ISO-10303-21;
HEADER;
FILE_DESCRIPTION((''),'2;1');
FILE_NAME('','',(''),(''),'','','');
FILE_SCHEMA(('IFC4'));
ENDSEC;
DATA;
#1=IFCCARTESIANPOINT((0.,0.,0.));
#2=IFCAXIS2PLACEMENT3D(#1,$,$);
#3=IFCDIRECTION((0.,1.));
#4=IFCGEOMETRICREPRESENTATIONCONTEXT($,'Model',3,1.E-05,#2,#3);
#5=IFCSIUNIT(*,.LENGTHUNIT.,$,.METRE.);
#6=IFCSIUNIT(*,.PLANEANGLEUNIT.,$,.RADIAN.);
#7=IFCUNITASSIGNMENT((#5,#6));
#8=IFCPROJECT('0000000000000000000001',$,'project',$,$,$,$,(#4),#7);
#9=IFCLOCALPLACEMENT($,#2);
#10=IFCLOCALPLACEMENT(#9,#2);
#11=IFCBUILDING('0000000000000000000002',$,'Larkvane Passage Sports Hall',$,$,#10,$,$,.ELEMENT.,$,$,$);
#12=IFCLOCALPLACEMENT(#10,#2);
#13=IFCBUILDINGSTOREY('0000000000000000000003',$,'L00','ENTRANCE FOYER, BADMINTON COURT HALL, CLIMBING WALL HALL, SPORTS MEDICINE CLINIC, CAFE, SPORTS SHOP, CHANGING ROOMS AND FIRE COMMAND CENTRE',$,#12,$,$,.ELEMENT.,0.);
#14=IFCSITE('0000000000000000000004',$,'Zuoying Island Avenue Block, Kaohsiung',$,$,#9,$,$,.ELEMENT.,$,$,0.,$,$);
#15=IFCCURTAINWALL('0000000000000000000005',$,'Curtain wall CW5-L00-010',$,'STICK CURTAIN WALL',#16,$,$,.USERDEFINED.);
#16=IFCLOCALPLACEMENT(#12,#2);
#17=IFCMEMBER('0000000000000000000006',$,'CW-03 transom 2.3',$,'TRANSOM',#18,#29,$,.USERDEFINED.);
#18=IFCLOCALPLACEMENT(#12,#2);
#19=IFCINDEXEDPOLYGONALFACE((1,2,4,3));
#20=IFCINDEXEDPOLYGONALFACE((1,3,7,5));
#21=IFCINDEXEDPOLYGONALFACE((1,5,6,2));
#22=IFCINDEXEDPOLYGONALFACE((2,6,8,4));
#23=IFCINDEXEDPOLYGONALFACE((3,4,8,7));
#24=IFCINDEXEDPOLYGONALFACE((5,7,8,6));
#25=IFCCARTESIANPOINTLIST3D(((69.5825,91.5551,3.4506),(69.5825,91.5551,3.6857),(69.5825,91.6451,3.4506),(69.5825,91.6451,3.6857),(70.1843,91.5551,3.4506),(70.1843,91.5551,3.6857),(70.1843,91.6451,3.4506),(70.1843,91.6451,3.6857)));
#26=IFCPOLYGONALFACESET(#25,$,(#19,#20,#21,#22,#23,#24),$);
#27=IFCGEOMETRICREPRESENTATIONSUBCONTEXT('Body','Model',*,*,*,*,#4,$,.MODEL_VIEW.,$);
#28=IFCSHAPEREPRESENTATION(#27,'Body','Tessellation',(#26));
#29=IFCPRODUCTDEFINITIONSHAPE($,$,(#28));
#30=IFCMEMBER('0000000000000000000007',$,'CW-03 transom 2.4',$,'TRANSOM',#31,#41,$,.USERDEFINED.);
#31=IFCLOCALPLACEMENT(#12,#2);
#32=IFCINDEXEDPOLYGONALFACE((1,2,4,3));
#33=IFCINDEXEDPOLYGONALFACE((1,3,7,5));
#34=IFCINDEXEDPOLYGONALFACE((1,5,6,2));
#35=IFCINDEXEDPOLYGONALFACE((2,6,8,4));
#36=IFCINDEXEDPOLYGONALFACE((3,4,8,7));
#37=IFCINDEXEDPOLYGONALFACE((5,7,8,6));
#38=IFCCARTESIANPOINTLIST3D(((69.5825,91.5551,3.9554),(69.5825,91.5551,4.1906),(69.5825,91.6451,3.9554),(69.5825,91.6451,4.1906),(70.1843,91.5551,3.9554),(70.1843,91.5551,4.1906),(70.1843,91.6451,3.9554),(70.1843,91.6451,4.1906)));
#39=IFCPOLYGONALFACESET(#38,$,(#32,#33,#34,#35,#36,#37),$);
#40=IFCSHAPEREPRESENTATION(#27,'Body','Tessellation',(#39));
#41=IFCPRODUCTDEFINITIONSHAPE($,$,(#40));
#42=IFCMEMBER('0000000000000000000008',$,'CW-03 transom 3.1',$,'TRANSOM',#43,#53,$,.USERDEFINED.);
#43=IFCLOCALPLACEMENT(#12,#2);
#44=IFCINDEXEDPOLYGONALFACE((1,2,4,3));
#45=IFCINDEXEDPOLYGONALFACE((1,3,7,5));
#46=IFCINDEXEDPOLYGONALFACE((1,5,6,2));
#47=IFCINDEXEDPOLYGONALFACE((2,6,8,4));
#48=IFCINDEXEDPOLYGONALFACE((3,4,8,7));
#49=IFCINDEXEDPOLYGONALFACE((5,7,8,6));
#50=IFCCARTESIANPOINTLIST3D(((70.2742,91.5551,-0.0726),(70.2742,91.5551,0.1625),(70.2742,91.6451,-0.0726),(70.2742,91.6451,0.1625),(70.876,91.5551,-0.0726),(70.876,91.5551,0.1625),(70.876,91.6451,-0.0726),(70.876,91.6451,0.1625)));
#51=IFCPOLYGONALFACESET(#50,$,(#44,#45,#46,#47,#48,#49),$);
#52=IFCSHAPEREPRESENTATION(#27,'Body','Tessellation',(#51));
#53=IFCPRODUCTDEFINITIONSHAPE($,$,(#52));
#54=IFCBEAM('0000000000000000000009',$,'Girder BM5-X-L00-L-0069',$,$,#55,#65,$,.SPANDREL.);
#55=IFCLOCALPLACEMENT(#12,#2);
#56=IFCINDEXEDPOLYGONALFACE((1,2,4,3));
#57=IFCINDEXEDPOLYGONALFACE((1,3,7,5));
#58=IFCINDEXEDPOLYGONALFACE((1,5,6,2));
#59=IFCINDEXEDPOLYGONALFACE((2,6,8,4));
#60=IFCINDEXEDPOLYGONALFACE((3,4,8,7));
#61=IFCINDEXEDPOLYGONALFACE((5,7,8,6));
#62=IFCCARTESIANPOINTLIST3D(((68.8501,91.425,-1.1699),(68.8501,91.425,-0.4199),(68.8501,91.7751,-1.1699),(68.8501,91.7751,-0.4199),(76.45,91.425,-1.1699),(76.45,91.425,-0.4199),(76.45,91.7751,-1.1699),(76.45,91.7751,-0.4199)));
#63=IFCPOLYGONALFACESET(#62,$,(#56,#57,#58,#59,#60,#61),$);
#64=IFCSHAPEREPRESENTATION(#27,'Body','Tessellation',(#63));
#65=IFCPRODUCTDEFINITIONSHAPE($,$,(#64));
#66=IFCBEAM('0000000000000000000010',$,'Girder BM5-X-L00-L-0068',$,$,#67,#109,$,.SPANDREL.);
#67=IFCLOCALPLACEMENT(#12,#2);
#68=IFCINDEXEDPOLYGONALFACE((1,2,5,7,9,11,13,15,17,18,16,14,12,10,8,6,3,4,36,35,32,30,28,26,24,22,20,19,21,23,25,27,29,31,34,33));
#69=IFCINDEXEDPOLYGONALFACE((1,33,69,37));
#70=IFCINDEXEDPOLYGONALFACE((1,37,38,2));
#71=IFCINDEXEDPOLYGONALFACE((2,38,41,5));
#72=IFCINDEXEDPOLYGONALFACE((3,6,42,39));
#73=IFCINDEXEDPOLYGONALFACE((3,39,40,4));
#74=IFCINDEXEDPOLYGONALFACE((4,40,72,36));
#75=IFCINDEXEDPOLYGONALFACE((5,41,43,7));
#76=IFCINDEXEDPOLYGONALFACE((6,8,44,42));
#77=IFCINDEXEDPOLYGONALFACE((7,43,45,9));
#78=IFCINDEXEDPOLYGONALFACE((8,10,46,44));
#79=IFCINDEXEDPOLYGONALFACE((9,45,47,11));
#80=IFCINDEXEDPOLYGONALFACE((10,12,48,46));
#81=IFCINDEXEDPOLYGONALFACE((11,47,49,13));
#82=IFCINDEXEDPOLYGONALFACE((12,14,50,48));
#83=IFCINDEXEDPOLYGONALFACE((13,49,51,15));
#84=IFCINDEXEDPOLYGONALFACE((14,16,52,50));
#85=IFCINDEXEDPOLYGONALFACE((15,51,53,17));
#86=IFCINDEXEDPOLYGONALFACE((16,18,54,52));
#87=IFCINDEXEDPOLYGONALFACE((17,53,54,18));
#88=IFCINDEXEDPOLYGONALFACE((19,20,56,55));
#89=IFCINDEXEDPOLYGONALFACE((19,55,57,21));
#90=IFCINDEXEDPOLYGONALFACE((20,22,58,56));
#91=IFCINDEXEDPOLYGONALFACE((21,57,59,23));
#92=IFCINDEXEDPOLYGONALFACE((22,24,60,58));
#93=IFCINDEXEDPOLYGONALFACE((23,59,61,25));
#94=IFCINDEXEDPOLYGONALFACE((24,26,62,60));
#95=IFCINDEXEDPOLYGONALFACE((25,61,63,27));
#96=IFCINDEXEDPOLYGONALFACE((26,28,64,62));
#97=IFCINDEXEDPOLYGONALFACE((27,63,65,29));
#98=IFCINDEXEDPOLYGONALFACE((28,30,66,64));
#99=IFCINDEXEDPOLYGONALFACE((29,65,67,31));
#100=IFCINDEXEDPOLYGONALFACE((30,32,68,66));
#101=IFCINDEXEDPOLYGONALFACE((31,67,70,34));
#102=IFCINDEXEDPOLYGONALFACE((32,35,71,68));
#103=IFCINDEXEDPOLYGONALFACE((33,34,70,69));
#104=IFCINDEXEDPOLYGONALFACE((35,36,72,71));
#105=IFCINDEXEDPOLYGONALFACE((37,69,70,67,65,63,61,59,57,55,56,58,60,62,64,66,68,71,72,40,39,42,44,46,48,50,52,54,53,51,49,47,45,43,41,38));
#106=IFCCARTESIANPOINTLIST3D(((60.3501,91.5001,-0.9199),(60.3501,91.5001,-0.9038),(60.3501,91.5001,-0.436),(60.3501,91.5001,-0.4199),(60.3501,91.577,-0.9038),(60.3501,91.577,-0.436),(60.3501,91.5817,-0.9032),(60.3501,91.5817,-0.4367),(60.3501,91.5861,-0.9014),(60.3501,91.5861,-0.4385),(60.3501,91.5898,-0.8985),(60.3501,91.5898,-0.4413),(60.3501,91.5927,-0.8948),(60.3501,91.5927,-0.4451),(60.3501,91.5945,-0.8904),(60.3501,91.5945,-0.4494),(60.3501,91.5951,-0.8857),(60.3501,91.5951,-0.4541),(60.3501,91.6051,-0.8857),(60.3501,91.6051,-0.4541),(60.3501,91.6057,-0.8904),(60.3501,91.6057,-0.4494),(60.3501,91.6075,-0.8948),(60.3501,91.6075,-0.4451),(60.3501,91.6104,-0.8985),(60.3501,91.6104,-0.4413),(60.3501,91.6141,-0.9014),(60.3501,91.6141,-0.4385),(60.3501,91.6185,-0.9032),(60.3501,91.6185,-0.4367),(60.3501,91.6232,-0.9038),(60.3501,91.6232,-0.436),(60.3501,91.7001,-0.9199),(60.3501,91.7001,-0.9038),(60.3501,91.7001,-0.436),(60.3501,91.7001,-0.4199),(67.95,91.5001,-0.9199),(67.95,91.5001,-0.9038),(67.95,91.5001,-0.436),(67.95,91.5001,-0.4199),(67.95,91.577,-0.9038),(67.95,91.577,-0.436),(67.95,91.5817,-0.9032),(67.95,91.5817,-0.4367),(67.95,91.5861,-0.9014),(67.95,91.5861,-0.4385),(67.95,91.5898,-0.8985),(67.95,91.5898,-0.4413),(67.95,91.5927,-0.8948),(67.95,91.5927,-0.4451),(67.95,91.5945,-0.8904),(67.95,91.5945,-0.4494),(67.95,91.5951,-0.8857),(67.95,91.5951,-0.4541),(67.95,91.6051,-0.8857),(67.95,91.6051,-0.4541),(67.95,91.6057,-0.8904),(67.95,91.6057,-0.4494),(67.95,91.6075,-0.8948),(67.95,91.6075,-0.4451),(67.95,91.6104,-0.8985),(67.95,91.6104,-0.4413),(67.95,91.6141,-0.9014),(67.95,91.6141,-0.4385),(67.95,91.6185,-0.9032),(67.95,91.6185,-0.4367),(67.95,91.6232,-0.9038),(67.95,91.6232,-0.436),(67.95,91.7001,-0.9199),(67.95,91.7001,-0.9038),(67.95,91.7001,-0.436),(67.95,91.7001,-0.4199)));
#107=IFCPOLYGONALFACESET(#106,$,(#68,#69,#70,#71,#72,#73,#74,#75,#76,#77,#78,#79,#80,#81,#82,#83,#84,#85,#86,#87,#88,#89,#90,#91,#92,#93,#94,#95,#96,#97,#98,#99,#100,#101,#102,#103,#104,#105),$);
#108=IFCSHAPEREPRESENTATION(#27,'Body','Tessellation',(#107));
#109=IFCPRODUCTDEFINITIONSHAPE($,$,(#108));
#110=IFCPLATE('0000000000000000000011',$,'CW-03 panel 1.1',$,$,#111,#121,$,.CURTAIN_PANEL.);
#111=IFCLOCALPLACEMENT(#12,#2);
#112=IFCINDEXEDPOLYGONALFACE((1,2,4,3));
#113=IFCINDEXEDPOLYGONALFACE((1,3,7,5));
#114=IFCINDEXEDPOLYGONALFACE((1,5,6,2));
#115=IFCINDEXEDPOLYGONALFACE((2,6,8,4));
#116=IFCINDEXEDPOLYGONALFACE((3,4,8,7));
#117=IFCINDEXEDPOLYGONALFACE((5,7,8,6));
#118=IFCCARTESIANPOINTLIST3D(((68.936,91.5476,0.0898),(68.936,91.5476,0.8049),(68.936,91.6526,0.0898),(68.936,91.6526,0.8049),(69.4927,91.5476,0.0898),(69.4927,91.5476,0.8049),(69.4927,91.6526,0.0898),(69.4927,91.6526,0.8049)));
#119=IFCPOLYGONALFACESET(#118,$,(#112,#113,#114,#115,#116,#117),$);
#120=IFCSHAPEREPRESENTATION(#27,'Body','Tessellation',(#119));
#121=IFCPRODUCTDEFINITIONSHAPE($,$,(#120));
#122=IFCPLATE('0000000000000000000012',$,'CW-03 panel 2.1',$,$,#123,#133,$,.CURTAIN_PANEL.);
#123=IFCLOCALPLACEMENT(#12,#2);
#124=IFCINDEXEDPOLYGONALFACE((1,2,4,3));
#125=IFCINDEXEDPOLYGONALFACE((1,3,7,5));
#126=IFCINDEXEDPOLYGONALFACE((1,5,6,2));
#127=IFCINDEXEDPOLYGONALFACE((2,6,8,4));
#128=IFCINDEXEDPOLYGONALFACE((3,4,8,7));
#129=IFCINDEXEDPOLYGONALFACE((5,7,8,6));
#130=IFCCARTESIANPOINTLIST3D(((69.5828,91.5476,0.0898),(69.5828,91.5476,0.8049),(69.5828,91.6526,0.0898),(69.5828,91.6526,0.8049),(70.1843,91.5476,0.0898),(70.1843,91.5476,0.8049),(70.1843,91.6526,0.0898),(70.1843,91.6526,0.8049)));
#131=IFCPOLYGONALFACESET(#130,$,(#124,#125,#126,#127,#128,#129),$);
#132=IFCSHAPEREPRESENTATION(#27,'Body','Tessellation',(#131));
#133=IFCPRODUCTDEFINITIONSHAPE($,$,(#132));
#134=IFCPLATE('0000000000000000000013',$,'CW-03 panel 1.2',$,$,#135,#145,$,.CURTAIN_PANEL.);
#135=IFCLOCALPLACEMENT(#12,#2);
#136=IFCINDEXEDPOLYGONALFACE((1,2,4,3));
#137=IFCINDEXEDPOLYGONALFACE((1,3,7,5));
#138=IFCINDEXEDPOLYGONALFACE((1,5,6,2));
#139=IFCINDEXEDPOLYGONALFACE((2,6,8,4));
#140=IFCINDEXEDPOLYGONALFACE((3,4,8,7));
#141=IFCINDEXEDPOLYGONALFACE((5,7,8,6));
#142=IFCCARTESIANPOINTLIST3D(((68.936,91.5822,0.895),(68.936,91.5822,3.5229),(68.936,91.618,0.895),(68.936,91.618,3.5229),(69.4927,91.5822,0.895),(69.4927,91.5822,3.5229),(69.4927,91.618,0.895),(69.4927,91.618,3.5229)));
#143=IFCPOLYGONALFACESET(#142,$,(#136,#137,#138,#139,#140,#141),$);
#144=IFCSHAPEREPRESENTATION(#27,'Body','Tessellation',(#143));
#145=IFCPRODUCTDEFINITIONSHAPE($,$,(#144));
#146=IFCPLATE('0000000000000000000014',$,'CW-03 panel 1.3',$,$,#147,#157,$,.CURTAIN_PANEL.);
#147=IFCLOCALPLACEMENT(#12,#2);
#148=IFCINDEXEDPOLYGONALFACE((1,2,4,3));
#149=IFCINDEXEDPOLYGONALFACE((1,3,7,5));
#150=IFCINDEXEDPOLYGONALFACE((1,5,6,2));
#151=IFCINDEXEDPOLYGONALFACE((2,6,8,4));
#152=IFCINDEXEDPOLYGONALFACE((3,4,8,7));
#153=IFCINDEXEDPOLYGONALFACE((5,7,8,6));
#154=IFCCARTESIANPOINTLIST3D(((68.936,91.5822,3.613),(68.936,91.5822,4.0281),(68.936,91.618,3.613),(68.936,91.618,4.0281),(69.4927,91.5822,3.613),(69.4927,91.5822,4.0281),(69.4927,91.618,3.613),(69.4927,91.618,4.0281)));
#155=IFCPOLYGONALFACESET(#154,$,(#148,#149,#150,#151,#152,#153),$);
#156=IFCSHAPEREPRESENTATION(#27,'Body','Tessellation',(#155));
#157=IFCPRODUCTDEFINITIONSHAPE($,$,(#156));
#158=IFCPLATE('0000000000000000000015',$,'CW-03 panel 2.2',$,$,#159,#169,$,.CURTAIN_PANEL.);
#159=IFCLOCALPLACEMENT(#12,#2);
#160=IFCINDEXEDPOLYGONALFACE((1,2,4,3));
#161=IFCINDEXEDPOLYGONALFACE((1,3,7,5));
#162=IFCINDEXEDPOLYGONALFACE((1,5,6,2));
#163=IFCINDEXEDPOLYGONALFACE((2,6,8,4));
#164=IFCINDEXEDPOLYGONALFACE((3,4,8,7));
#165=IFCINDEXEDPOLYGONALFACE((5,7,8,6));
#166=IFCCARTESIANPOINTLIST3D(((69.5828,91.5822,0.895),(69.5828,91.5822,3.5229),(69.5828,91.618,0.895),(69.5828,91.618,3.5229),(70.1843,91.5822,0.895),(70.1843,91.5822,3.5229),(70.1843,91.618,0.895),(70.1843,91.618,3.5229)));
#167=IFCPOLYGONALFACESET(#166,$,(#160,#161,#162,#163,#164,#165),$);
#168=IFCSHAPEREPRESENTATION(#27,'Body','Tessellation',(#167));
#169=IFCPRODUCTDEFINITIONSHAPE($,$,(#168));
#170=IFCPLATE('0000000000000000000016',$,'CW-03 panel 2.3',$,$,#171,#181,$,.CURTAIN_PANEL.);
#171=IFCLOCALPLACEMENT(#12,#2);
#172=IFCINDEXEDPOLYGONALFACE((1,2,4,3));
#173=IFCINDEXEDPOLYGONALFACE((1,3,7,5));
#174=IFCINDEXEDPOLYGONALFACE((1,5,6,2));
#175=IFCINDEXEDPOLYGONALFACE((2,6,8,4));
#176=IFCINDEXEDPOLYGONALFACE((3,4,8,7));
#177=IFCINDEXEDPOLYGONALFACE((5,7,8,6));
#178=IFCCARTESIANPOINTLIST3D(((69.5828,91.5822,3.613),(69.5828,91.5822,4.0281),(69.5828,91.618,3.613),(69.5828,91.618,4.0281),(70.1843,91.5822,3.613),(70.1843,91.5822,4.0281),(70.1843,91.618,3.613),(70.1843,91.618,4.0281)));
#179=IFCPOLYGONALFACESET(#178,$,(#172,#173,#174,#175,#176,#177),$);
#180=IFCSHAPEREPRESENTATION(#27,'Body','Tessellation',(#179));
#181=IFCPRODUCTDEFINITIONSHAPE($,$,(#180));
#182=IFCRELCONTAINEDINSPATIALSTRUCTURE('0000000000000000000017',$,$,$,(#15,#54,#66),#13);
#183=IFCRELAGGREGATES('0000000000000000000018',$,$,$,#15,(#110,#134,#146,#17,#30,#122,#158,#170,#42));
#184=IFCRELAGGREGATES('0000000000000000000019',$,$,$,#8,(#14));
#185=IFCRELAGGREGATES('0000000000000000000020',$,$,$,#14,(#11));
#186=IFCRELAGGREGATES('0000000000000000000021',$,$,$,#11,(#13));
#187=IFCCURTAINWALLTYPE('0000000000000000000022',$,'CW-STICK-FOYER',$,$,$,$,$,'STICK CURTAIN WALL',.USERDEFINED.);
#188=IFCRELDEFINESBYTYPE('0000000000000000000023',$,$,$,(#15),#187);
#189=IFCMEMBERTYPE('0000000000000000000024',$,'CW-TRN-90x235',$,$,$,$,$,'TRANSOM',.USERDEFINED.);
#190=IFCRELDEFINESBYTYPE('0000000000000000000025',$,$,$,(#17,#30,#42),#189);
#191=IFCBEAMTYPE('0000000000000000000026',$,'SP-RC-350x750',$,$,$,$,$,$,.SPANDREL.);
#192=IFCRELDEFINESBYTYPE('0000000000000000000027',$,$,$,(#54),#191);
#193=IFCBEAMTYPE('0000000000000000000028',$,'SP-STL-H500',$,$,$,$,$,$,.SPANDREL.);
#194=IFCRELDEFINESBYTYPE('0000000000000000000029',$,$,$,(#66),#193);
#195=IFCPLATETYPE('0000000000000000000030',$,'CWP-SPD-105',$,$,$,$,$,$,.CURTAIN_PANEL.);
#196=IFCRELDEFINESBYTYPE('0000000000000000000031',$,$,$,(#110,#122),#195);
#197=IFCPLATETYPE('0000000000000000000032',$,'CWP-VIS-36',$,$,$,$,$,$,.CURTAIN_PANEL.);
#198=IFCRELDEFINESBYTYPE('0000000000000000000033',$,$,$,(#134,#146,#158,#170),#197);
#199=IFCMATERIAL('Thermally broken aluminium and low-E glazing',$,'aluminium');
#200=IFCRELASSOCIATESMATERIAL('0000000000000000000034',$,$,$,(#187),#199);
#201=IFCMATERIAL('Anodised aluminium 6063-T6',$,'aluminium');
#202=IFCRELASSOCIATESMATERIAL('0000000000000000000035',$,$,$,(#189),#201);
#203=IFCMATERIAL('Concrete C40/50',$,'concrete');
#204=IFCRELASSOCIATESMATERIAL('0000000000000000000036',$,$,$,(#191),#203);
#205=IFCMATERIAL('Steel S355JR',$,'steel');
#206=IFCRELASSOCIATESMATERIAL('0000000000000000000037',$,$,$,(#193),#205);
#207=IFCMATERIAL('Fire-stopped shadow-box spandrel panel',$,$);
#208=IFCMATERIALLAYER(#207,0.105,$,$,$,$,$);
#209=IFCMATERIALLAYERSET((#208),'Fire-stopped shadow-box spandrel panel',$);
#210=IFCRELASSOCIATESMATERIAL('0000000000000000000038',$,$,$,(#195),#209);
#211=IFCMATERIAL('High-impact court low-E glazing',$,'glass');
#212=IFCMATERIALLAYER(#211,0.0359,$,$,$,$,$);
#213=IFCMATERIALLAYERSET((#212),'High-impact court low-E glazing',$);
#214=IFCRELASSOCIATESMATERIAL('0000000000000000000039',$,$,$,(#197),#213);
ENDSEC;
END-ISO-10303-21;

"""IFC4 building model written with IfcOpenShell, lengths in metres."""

from ifc_helpers import new_model, si_unit, direction, frame, origin, origin_2d, place, context, subcontext, project, spatial, rectangle, i_section, extrude, material, layer, layer_set, material_profile, profile_set, type_object, element, aggregate, save


model = new_model("IFC4")

# Units and contexts
model_context = context("Model", 3, precision=1e-05, world=origin(), true_north=direction((0.0, 1.0)))
body_context = subcontext(model_context, "Body", "Model", "MODEL_VIEW")
ifc_project = project(units=[si_unit("LENGTHUNIT", "METRE"), si_unit("PLANEANGLEUNIT", "RADIAN")], contexts=[model_context])

# Site, building, storey
site_placement = place(None, origin())
site = spatial("IfcSite", under=ifc_project, at=site_placement, Name="Zuoying Island Avenue Block, Kaohsiung", CompositionType="ELEMENT", RefElevation=0.0)
building_placement = place(site_placement, origin())
building = spatial("IfcBuilding", under=site, at=building_placement, Name="Larkvane Passage Sports Hall", CompositionType="ELEMENT")
storey_placement = place(building_placement, origin())
storey = spatial("IfcBuildingStorey", under=building, at=storey_placement, Name="L00", Description="ENTRANCE FOYER, BADMINTON COURT HALL, CLIMBING WALL HALL, SPORTS MEDICINE CLINIC, CAFE, SPORTS SHOP, CHANGING ROOMS AND FIRE COMMAND CENTRE", CompositionType="ELEMENT", Elevation=0.0)

# Curtain wall, members
ifc_material_1 = material(Name="Thermally broken aluminium and low-E glazing", Category="aluminium")
curtain_wall_type = type_object("IfcCurtainWallType", Name="CW-STICK-FOYER", ElementType="STICK CURTAIN WALL", PredefinedType="USERDEFINED", material=ifc_material_1)
curtain_wall_placement = place(storey_placement, origin())
curtain_wall = element("IfcCurtainWall", 1, at=curtain_wall_placement, inside=storey, type_object=curtain_wall_type, Name="Curtain wall CW5-L00-010", ObjectType="STICK CURTAIN WALL", PredefinedType="USERDEFINED")
ifc_material_2 = material(Name="Anodised aluminium 6063-T6", Category="aluminium")
ifc_material_profile_1 = material_profile(ifc_material_2, rectangle(XDim=0.0901, YDim=0.2351, at=origin_2d()), Name="ALU-TRN-90x235")
ifc_profile_set_1 = profile_set([ifc_material_profile_1], Name="Anodised aluminium 6063-T6")
member_type_1 = type_object("IfcMemberType", Name="CW-TRN-90x235", ElementType="TRANSOM", PredefinedType="USERDEFINED", material=ifc_profile_set_1)
member_1_placement = place(storey_placement, frame((69.5825, 91.6001, 3.5681), z_axis=(1.0, 0.0, 0.0), x_axis=(0.0, 1.0, 0.0)))
member_1 = element("IfcMember", 2, at=member_1_placement, type_object=member_type_1, Name="CW-03 transom 2.3", ObjectType="TRANSOM", PredefinedType="USERDEFINED", context=body_context, shape_type="SweptSolid", body=[
    extrude(rectangle(XDim=0.0901, YDim=0.2351, at=origin_2d()), origin(), (0.0, 0.0, 1.0), 0.6018),
])
member_2_placement = place(storey_placement, frame((69.5825, 91.6001, 4.073), z_axis=(1.0, 0.0, 0.0), x_axis=(0.0, 1.0, 0.0)))
member_2 = element("IfcMember", 3, at=member_2_placement, type_object=member_type_1, Name="CW-03 transom 2.4", ObjectType="TRANSOM", PredefinedType="USERDEFINED", context=body_context, shape_type="SweptSolid", body=[
    extrude(rectangle(XDim=0.0901, YDim=0.2351, at=origin_2d()), origin(), (0.0, 0.0, 1.0), 0.6018),
])
member_3_placement = place(storey_placement, frame((70.2742, 91.6001, 0.0449), z_axis=(1.0, 0.0, 0.0), x_axis=(0.0, 1.0, 0.0)))
member_3 = element("IfcMember", 4, at=member_3_placement, type_object=member_type_1, Name="CW-03 transom 3.1", ObjectType="TRANSOM", PredefinedType="USERDEFINED", context=body_context, shape_type="SweptSolid", body=[
    extrude(rectangle(XDim=0.0901, YDim=0.2351, at=origin_2d()), origin(), (0.0, 0.0, 1.0), 0.6018),
])

# Beams
ifc_material_3 = material(Name="Concrete C40/50", Category="concrete")
ifc_material_profile_2 = material_profile(ifc_material_3, rectangle(XDim=0.3501, YDim=0.75, at=origin_2d()), Name="RC-SP-350x750")
ifc_profile_set_2 = profile_set([ifc_material_profile_2], Name="Concrete C40/50")
beam_type_1 = type_object("IfcBeamType", Name="SP-RC-350x750", PredefinedType="SPANDREL", material=ifc_profile_set_2)
beam_1_placement = place(storey_placement, frame((68.8501, 91.6001, -0.7949), z_axis=(1.0, 0.0, 0.0), x_axis=(0.0, 1.0, 0.0)))
element("IfcBeam", 5, at=beam_1_placement, inside=storey, type_object=beam_type_1, Name="Girder BM5-X-L00-L-0069", PredefinedType="SPANDREL", context=body_context, shape_type="SweptSolid", body=[
    extrude(rectangle(XDim=0.3501, YDim=0.75, at=origin_2d()), origin(), (0.0, 0.0, 1.0), 7.5999),
])
ifc_material_4 = material(Name="Steel S355JR", Category="steel")
ifc_material_profile_3 = material_profile(ifc_material_4, i_section(OverallWidth=0.2, OverallDepth=0.5, WebThickness=0.01, FlangeThickness=0.0161, FilletRadius=0.0181, at=origin_2d()), Name="H-500x200x10x16")
ifc_profile_set_3 = profile_set([ifc_material_profile_3], Name="Steel S355JR")
beam_type_2 = type_object("IfcBeamType", Name="SP-STL-H500", PredefinedType="SPANDREL", material=ifc_profile_set_3)
beam_2_placement = place(storey_placement, frame((60.3501, 91.6001, -0.6699), z_axis=(1.0, 0.0, 0.0), x_axis=(0.0, 1.0, 0.0)))
element("IfcBeam", 6, at=beam_2_placement, inside=storey, type_object=beam_type_2, Name="Girder BM5-X-L00-L-0068", PredefinedType="SPANDREL", context=body_context, shape_type="SweptSolid", body=[
    extrude(i_section(OverallWidth=0.2, OverallDepth=0.5, WebThickness=0.01, FlangeThickness=0.0161, FilletRadius=0.0181, at=origin_2d()), origin(), (0.0, 0.0, 1.0), 7.5999),
])

# Plates
ifc_material_5 = material(Name="Fire-stopped shadow-box spandrel panel")
ifc_layer_1 = layer(ifc_material_5, 0.105)
ifc_layer_set_1 = layer_set([ifc_layer_1], Name="Fire-stopped shadow-box spandrel panel")
plate_type_1 = type_object("IfcPlateType", Name="CWP-SPD-105", PredefinedType="CURTAIN_PANEL", material=ifc_layer_set_1)
plate_1_placement = place(storey_placement, frame((69.2144, 91.6001, 0.0898), z_axis=(0.0, 0.0, 1.0), x_axis=(1.0, 0.0, 0.0)))
plate_1 = element("IfcPlate", 7, at=plate_1_placement, type_object=plate_type_1, Name="CW-03 panel 1.1", PredefinedType="CURTAIN_PANEL", context=body_context, shape_type="SweptSolid", body=[
    extrude(rectangle(XDim=0.5566, YDim=0.105, at=origin_2d()), origin(), (0.0, 0.0, 1.0), 0.7151),
])
plate_2_placement = place(storey_placement, frame((69.8835, 91.6001, 0.0898), z_axis=(0.0, 0.0, 1.0), x_axis=(1.0, 0.0, 0.0)))
plate_2 = element("IfcPlate", 8, at=plate_2_placement, type_object=plate_type_1, Name="CW-03 panel 2.1", PredefinedType="CURTAIN_PANEL", context=body_context, shape_type="SweptSolid", body=[
    extrude(rectangle(XDim=0.6016, YDim=0.105, at=origin_2d()), origin(), (0.0, 0.0, 1.0), 0.7151),
])
ifc_material_6 = material(Name="High-impact court low-E glazing", Category="glass")
ifc_layer_2 = layer(ifc_material_6, 0.0359)
ifc_layer_set_2 = layer_set([ifc_layer_2], Name="High-impact court low-E glazing")
plate_type_2 = type_object("IfcPlateType", Name="CWP-VIS-36", PredefinedType="CURTAIN_PANEL", material=ifc_layer_set_2)
plate_3_placement = place(storey_placement, frame((69.2144, 91.6001, 0.895), z_axis=(0.0, 0.0, 1.0), x_axis=(1.0, 0.0, 0.0)))
plate_3 = element("IfcPlate", 9, at=plate_3_placement, type_object=plate_type_2, Name="CW-03 panel 1.2", PredefinedType="CURTAIN_PANEL", context=body_context, shape_type="SweptSolid", body=[
    extrude(rectangle(XDim=0.5566, YDim=0.0359, at=origin_2d()), origin(), (0.0, 0.0, 1.0), 2.6279),
])
plate_4_placement = place(storey_placement, frame((69.2144, 91.6001, 3.613), z_axis=(0.0, 0.0, 1.0), x_axis=(1.0, 0.0, 0.0)))
plate_4 = element("IfcPlate", 10, at=plate_4_placement, type_object=plate_type_2, Name="CW-03 panel 1.3", PredefinedType="CURTAIN_PANEL", context=body_context, shape_type="SweptSolid", body=[
    extrude(rectangle(XDim=0.5566, YDim=0.0359, at=origin_2d()), origin(), (0.0, 0.0, 1.0), 0.415),
])
plate_5_placement = place(storey_placement, frame((69.8835, 91.6001, 0.895), z_axis=(0.0, 0.0, 1.0), x_axis=(1.0, 0.0, 0.0)))
plate_5 = element("IfcPlate", 11, at=plate_5_placement, type_object=plate_type_2, Name="CW-03 panel 2.2", PredefinedType="CURTAIN_PANEL", context=body_context, shape_type="SweptSolid", body=[
    extrude(rectangle(XDim=0.6016, YDim=0.0359, at=origin_2d()), origin(), (0.0, 0.0, 1.0), 2.6279),
])
plate_6_placement = place(storey_placement, frame((69.8835, 91.6001, 3.613), z_axis=(0.0, 0.0, 1.0), x_axis=(1.0, 0.0, 0.0)))
plate_6 = element("IfcPlate", 12, at=plate_6_placement, type_object=plate_type_2, Name="CW-03 panel 2.3", PredefinedType="CURTAIN_PANEL", context=body_context, shape_type="SweptSolid", body=[
    extrude(rectangle(XDim=0.6016, YDim=0.0359, at=origin_2d()), origin(), (0.0, 0.0, 1.0), 0.415),
])
aggregate(curtain_wall, [plate_1, plate_3, plate_4, member_1, member_2, plate_2, plate_5, plate_6, member_3])

save(model, "model.ifc")
